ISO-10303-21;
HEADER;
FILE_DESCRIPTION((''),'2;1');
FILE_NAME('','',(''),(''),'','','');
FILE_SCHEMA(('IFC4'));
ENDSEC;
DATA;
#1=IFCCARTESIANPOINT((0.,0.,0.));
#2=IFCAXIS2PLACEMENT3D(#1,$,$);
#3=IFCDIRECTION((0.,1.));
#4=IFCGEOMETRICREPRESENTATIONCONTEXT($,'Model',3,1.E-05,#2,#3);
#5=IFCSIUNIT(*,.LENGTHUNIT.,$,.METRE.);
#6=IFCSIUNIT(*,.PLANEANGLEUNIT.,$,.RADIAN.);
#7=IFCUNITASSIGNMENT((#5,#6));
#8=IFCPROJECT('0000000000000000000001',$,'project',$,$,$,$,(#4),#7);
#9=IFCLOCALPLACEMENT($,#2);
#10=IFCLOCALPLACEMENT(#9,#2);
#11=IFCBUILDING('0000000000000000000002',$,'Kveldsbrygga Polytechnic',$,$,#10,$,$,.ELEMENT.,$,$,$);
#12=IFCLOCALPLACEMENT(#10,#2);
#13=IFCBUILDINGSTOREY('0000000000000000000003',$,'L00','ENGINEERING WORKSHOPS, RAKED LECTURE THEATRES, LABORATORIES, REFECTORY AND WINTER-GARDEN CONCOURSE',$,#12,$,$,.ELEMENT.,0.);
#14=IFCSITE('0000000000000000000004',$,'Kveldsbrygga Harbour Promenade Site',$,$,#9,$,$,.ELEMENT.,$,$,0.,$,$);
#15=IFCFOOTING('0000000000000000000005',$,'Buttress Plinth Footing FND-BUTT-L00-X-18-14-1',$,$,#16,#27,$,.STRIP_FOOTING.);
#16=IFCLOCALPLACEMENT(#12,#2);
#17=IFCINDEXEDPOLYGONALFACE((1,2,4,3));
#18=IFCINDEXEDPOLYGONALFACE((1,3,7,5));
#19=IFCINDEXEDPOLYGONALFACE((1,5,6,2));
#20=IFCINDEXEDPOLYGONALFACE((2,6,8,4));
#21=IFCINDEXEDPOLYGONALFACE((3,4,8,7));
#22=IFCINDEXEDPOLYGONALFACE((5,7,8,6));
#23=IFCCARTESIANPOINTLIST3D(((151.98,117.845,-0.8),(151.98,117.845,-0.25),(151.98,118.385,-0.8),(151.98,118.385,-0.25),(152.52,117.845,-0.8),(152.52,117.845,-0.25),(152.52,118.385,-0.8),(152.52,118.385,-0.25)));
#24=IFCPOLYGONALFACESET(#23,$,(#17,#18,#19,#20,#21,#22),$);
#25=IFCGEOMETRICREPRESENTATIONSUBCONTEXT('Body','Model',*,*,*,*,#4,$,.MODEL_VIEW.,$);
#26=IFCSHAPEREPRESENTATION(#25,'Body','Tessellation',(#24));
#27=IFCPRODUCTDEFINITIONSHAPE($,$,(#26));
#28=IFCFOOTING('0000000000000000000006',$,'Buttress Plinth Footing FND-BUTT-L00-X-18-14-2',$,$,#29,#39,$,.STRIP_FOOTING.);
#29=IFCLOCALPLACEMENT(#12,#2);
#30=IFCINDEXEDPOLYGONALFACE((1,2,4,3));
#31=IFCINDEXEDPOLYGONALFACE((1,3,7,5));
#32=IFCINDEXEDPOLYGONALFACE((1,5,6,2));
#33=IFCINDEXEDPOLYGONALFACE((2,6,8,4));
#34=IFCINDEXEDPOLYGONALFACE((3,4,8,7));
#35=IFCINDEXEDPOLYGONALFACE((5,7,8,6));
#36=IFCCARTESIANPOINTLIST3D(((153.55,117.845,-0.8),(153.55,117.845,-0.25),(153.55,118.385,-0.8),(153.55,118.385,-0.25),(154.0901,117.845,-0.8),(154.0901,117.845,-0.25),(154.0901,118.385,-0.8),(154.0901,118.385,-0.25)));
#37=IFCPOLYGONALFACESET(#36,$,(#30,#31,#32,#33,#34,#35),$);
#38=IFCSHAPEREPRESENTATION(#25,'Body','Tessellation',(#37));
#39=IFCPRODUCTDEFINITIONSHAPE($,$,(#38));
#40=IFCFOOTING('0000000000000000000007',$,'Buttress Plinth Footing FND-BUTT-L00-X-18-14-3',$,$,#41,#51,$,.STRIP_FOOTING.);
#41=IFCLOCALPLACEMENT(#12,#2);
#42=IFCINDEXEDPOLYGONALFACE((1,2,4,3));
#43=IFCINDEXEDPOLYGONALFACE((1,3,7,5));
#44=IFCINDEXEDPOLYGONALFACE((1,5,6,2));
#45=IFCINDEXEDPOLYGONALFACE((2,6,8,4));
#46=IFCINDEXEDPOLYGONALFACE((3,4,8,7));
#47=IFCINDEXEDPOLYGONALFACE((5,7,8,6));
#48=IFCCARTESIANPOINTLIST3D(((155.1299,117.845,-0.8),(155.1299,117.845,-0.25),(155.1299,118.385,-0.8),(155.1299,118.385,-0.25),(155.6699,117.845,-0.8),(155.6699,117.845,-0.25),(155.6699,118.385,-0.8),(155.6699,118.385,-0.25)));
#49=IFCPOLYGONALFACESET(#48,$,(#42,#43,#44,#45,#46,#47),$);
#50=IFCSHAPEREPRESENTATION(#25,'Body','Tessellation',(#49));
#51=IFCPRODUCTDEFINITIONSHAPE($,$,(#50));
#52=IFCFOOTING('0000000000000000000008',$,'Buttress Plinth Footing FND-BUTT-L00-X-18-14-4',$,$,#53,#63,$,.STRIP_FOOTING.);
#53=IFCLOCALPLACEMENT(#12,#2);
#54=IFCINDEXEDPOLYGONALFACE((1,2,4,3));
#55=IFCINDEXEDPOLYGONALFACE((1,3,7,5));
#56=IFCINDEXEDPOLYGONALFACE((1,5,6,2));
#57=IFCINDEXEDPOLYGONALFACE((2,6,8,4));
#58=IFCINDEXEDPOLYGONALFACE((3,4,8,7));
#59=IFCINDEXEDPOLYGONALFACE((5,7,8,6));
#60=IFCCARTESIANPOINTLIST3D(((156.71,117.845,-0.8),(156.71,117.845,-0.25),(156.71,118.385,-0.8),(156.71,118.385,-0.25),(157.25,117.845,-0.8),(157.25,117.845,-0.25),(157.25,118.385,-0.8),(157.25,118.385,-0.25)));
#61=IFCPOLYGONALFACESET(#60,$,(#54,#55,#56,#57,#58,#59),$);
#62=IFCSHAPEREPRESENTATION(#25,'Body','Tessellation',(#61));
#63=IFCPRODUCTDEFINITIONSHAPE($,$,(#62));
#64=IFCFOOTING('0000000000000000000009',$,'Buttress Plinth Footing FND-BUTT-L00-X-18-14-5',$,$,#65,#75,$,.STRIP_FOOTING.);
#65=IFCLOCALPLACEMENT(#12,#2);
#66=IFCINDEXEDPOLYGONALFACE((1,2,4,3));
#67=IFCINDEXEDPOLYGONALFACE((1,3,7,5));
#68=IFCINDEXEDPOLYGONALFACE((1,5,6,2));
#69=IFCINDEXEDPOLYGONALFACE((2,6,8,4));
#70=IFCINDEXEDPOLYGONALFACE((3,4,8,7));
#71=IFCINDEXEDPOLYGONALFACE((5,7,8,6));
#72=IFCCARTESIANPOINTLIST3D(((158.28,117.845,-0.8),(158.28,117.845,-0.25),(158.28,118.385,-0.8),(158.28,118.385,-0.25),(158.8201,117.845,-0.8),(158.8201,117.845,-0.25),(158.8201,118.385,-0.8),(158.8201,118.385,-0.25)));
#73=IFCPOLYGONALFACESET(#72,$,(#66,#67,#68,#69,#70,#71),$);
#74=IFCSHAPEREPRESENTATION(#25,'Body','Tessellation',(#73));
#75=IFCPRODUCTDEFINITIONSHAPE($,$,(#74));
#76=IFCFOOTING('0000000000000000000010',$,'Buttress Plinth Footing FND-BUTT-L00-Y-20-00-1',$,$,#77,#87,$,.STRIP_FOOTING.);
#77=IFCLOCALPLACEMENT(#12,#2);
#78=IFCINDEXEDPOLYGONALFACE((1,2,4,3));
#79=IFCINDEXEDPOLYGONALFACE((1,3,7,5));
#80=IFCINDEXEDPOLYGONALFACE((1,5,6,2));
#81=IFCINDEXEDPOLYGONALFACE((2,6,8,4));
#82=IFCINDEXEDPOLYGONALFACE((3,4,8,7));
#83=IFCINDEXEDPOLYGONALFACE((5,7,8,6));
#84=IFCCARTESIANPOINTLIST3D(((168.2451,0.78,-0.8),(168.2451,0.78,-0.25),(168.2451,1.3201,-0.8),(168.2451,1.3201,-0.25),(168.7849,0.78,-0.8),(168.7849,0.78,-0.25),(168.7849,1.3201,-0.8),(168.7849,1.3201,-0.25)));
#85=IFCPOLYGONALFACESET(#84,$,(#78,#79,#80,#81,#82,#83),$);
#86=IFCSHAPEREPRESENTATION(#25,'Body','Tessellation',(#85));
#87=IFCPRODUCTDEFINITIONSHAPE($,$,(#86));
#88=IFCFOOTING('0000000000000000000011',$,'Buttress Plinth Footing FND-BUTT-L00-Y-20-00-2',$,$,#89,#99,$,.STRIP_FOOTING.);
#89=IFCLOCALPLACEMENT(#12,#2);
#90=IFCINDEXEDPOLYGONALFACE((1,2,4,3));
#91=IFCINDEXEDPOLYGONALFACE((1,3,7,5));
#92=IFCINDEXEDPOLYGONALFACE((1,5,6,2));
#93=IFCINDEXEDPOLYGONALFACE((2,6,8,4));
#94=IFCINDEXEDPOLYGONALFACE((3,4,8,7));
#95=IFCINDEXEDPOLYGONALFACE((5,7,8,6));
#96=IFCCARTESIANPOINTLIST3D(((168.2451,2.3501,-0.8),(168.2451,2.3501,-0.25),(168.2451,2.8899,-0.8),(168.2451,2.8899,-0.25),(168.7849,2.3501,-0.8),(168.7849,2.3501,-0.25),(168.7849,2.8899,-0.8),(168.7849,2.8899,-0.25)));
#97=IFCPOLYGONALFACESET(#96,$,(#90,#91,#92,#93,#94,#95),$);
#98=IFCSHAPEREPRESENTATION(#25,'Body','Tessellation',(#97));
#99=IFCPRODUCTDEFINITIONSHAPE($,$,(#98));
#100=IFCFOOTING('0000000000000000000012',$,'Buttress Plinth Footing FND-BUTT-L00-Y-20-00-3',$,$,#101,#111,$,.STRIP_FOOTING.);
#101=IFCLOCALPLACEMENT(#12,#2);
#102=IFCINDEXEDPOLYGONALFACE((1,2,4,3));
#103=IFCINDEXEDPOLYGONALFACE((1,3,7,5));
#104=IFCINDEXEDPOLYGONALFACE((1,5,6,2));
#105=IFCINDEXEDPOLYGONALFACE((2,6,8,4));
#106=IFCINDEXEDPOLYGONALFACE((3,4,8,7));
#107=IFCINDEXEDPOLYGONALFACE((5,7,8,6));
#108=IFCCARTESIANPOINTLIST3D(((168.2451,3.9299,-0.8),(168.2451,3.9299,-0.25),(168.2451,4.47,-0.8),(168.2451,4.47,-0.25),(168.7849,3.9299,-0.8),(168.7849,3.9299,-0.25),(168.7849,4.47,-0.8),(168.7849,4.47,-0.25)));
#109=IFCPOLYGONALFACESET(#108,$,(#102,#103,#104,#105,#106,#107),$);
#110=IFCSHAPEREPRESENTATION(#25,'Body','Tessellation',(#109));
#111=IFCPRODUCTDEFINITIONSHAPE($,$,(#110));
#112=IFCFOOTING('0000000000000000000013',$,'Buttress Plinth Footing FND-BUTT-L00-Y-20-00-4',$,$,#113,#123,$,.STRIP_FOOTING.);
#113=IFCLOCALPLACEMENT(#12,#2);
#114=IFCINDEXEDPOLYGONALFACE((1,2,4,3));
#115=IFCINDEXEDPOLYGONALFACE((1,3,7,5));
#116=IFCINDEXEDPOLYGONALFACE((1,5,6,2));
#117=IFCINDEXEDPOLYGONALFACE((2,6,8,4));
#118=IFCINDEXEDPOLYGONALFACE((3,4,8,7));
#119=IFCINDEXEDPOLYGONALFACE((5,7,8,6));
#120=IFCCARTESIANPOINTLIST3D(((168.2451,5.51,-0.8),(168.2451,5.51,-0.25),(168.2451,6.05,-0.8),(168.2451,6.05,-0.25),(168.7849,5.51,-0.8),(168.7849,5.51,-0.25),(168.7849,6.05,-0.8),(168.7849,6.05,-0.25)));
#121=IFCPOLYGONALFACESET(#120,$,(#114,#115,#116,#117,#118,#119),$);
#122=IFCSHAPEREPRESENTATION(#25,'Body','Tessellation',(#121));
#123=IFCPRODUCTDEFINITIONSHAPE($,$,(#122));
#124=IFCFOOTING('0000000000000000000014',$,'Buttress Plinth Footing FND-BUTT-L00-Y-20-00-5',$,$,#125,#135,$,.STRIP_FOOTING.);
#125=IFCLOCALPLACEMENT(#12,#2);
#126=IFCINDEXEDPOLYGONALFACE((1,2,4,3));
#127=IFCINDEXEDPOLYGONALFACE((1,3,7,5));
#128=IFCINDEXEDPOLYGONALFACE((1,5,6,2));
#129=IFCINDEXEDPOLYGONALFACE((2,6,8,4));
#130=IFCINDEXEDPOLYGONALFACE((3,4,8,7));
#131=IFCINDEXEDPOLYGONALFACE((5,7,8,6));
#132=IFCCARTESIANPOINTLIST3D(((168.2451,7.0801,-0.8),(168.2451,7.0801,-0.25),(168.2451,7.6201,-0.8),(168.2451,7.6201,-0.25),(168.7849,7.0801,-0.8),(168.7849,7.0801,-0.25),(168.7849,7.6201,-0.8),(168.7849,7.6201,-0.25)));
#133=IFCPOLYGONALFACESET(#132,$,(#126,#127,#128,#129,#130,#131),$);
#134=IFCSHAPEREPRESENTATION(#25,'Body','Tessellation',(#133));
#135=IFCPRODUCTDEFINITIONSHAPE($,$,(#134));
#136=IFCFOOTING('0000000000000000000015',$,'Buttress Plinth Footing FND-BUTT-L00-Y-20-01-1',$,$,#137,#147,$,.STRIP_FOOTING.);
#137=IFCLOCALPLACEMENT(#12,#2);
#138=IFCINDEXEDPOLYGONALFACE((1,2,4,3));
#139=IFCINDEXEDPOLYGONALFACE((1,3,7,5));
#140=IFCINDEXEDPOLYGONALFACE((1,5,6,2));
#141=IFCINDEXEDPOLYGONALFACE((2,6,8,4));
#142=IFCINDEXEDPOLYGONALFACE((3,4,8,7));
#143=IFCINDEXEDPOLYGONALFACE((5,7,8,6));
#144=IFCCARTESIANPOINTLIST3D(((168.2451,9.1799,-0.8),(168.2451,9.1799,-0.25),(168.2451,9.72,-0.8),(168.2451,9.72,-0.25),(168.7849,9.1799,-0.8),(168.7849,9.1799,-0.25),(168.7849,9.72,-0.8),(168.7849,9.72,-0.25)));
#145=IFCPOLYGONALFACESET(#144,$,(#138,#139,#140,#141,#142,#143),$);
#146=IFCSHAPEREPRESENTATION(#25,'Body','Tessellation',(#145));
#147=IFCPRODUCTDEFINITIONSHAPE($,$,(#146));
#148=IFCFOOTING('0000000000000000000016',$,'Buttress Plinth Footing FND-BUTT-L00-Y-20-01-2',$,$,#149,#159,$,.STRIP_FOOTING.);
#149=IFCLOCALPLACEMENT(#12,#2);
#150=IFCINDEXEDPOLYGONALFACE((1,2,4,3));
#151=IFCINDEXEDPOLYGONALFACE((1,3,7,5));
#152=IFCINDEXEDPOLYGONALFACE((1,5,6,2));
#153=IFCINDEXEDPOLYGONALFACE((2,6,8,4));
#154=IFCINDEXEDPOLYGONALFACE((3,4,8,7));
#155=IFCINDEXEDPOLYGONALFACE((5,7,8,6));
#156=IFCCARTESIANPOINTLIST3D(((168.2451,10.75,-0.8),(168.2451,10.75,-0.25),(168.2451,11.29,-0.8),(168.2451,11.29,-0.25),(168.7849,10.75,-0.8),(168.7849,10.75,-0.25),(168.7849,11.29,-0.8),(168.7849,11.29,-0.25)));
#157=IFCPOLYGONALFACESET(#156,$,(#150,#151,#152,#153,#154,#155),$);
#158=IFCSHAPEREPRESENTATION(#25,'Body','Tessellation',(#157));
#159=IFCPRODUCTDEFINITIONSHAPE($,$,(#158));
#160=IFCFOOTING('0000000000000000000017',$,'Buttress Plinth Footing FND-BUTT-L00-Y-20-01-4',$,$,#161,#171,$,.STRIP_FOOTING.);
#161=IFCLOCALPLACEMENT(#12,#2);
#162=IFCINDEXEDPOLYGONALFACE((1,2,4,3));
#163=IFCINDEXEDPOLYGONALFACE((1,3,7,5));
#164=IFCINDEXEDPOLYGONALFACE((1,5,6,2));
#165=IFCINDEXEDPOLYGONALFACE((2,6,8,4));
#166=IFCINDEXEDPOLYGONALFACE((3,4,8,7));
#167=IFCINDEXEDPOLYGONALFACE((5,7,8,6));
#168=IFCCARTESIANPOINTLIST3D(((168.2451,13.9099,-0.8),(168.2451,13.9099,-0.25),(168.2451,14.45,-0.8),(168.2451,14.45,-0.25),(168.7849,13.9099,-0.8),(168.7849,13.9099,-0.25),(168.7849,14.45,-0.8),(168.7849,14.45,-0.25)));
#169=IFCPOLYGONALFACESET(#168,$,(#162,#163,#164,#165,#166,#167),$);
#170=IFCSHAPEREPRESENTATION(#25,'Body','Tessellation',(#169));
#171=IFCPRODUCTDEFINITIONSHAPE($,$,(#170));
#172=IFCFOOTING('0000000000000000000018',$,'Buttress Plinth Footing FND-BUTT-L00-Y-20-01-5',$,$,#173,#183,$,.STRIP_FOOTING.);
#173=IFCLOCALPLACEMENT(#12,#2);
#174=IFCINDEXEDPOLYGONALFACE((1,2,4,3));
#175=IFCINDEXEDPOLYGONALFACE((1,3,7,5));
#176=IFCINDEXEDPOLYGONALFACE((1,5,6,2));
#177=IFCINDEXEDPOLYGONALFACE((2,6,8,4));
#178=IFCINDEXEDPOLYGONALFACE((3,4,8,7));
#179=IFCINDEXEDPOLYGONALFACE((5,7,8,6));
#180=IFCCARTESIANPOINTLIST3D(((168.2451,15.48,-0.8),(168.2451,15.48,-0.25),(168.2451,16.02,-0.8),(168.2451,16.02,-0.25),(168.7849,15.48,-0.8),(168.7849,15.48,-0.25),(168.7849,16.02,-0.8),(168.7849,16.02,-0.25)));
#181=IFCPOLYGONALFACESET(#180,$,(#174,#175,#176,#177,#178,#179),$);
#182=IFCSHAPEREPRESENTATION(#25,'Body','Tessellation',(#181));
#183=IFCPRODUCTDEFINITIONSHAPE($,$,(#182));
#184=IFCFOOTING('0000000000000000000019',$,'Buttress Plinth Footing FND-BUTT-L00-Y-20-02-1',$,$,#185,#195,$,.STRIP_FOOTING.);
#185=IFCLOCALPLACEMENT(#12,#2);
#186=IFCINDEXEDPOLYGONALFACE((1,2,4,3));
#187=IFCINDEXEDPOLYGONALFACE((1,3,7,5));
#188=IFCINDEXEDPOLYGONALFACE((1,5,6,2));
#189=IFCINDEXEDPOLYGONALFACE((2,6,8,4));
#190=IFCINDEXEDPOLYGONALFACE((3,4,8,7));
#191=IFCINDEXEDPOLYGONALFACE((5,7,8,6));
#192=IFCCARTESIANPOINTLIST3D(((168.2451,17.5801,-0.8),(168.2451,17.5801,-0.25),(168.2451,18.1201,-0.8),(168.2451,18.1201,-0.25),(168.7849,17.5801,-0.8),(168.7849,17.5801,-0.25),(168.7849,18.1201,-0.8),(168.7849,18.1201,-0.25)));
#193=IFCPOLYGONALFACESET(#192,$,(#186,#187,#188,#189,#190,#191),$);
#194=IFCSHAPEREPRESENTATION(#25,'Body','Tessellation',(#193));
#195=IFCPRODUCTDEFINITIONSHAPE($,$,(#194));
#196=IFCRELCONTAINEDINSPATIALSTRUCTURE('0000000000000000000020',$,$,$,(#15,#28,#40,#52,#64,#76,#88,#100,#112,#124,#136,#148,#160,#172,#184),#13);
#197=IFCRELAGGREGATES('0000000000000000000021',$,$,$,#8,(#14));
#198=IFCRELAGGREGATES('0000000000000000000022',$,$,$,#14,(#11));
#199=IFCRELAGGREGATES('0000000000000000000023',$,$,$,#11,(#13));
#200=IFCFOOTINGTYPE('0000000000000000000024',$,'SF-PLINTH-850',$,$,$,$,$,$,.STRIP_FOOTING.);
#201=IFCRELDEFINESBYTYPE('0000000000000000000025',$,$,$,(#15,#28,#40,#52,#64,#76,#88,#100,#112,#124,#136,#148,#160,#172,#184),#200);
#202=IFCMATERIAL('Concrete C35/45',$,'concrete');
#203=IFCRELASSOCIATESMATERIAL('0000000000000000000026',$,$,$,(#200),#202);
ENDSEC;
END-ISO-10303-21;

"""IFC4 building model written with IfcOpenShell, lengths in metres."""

from ifc_helpers import new_model, si_unit, direction, frame, origin, place, context, subcontext, project, spatial, polyline, outline, extrude, material, type_object, element, save


model = new_model("IFC4")

# Units and contexts
model_context = context("Model", 3, precision=1e-05, world=origin(), true_north=direction((0.0, 1.0)))
body_context = subcontext(model_context, "Body", "Model", "MODEL_VIEW")
ifc_project = project(units=[si_unit("LENGTHUNIT", "METRE"), si_unit("PLANEANGLEUNIT", "RADIAN")], contexts=[model_context])

# Site, building, storey
site_placement = place(None, origin())
site = spatial("IfcSite", under=ifc_project, at=site_placement, Name="Kveldsbrygga Harbour Promenade Site", CompositionType="ELEMENT", RefElevation=0.0)
building_placement = place(site_placement, origin())
building = spatial("IfcBuilding", under=site, at=building_placement, Name="Kveldsbrygga Polytechnic", CompositionType="ELEMENT")
storey_placement = place(building_placement, origin())
storey = spatial("IfcBuildingStorey", under=building, at=storey_placement, Name="L00", Description="ENGINEERING WORKSHOPS, RAKED LECTURE THEATRES, LABORATORIES, REFECTORY AND WINTER-GARDEN CONCOURSE", CompositionType="ELEMENT", Elevation=0.0)

# Footings
ifc_material = material(Name="Concrete C35/45", Category="concrete")
footing_type = type_object("IfcFootingType", Name="SF-PLINTH-850", PredefinedType="STRIP_FOOTING", material=ifc_material)
footing_1_placement = place(storey_placement, frame((0.0, 0.0, -0.8)))
element("IfcFooting", 1, at=footing_1_placement, inside=storey, type_object=footing_type, Name="Buttress Plinth Footing FND-BUTT-L00-X-18-14-1", PredefinedType="STRIP_FOOTING", context=body_context, shape_type="SweptSolid", body=[
    extrude(outline(polyline([(151.98, 117.845), (152.52, 117.845), (152.52, 118.385), (151.98, 118.385), (151.98, 117.845)])), origin(), (0.0, 0.0, 1.0), 0.55),
])
footing_2_placement = place(storey_placement, frame((0.0, 0.0, -0.8)))
element("IfcFooting", 2, at=footing_2_placement, inside=storey, type_object=footing_type, Name="Buttress Plinth Footing FND-BUTT-L00-X-18-14-2", PredefinedType="STRIP_FOOTING", context=body_context, shape_type="SweptSolid", body=[
    extrude(outline(polyline([(153.55, 117.845), (154.0901, 117.845), (154.0901, 118.385), (153.55, 118.385), (153.55, 117.845)])), origin(), (0.0, 0.0, 1.0), 0.55),
])
footing_3_placement = place(storey_placement, frame((0.0, 0.0, -0.8)))
element("IfcFooting", 3, at=footing_3_placement, inside=storey, type_object=footing_type, Name="Buttress Plinth Footing FND-BUTT-L00-X-18-14-3", PredefinedType="STRIP_FOOTING", context=body_context, shape_type="SweptSolid", body=[
    extrude(outline(polyline([(155.1299, 117.845), (155.6699, 117.845), (155.6699, 118.385), (155.1299, 118.385), (155.1299, 117.845)])), origin(), (0.0, 0.0, 1.0), 0.55),
])
footing_4_placement = place(storey_placement, frame((0.0, 0.0, -0.8)))
element("IfcFooting", 4, at=footing_4_placement, inside=storey, type_object=footing_type, Name="Buttress Plinth Footing FND-BUTT-L00-X-18-14-4", PredefinedType="STRIP_FOOTING", context=body_context, shape_type="SweptSolid", body=[
    extrude(outline(polyline([(156.71, 117.845), (157.25, 117.845), (157.25, 118.385), (156.71, 118.385), (156.71, 117.845)])), origin(), (0.0, 0.0, 1.0), 0.55),
])
footing_5_placement = place(storey_placement, frame((0.0, 0.0, -0.8)))
element("IfcFooting", 5, at=footing_5_placement, inside=storey, type_object=footing_type, Name="Buttress Plinth Footing FND-BUTT-L00-X-18-14-5", PredefinedType="STRIP_FOOTING", context=body_context, shape_type="SweptSolid", body=[
    extrude(outline(polyline([(158.28, 117.845), (158.8201, 117.845), (158.8201, 118.385), (158.28, 118.385), (158.28, 117.845)])), origin(), (0.0, 0.0, 1.0), 0.55),
])
footing_6_placement = place(storey_placement, frame((0.0, 0.0, -0.8)))
element("IfcFooting", 6, at=footing_6_placement, inside=storey, type_object=footing_type, Name="Buttress Plinth Footing FND-BUTT-L00-Y-20-00-1", PredefinedType="STRIP_FOOTING", context=body_context, shape_type="SweptSolid", body=[
    extrude(outline(polyline([(168.2451, 0.78), (168.7849, 0.78), (168.7849, 1.3201), (168.2451, 1.3201), (168.2451, 0.78)])), origin(), (0.0, 0.0, 1.0), 0.55),
])
footing_7_placement = place(storey_placement, frame((0.0, 0.0, -0.8)))
element("IfcFooting", 7, at=footing_7_placement, inside=storey, type_object=footing_type, Name="Buttress Plinth Footing FND-BUTT-L00-Y-20-00-2", PredefinedType="STRIP_FOOTING", context=body_context, shape_type="SweptSolid", body=[
    extrude(outline(polyline([(168.2451, 2.3501), (168.7849, 2.3501), (168.7849, 2.8899), (168.2451, 2.8899), (168.2451, 2.3501)])), origin(), (0.0, 0.0, 1.0), 0.55),
])
footing_8_placement = place(storey_placement, frame((0.0, 0.0, -0.8)))
element("IfcFooting", 8, at=footing_8_placement, inside=storey, type_object=footing_type, Name="Buttress Plinth Footing FND-BUTT-L00-Y-20-00-3", PredefinedType="STRIP_FOOTING", context=body_context, shape_type="SweptSolid", body=[
    extrude(outline(polyline([(168.2451, 3.9299), (168.7849, 3.9299), (168.7849, 4.47), (168.2451, 4.47), (168.2451, 3.9299)])), origin(), (0.0, 0.0, 1.0), 0.55),
])
footing_9_placement = place(storey_placement, frame((0.0, 0.0, -0.8)))
element("IfcFooting", 9, at=footing_9_placement, inside=storey, type_object=footing_type, Name="Buttress Plinth Footing FND-BUTT-L00-Y-20-00-4", PredefinedType="STRIP_FOOTING", context=body_context, shape_type="SweptSolid", body=[
    extrude(outline(polyline([(168.2451, 5.51), (168.7849, 5.51), (168.7849, 6.05), (168.2451, 6.05), (168.2451, 5.51)])), origin(), (0.0, 0.0, 1.0), 0.55),
])
footing_10_placement = place(storey_placement, frame((0.0, 0.0, -0.8)))
element("IfcFooting", 10, at=footing_10_placement, inside=storey, type_object=footing_type, Name="Buttress Plinth Footing FND-BUTT-L00-Y-20-00-5", PredefinedType="STRIP_FOOTING", context=body_context, shape_type="SweptSolid", body=[
    extrude(outline(polyline([(168.2451, 7.0801), (168.7849, 7.0801), (168.7849, 7.6201), (168.2451, 7.6201), (168.2451, 7.0801)])), origin(), (0.0, 0.0, 1.0), 0.55),
])
footing_11_placement = place(storey_placement, frame((0.0, 0.0, -0.8)))
element("IfcFooting", 11, at=footing_11_placement, inside=storey, type_object=footing_type, Name="Buttress Plinth Footing FND-BUTT-L00-Y-20-01-1", PredefinedType="STRIP_FOOTING", context=body_context, shape_type="SweptSolid", body=[
    extrude(outline(polyline([(168.2451, 9.1799), (168.7849, 9.1799), (168.7849, 9.72), (168.2451, 9.72), (168.2451, 9.1799)])), origin(), (0.0, 0.0, 1.0), 0.55),
])
footing_12_placement = place(storey_placement, frame((0.0, 0.0, -0.8)))
element("IfcFooting", 12, at=footing_12_placement, inside=storey, type_object=footing_type, Name="Buttress Plinth Footing FND-BUTT-L00-Y-20-01-2", PredefinedType="STRIP_FOOTING", context=body_context, shape_type="SweptSolid", body=[
    extrude(outline(polyline([(168.2451, 10.75), (168.7849, 10.75), (168.7849, 11.29), (168.2451, 11.29), (168.2451, 10.75)])), origin(), (0.0, 0.0, 1.0), 0.55),
])
footing_13_placement = place(storey_placement, frame((0.0, 0.0, -0.8)))
element("IfcFooting", 13, at=footing_13_placement, inside=storey, type_object=footing_type, Name="Buttress Plinth Footing FND-BUTT-L00-Y-20-01-4", PredefinedType="STRIP_FOOTING", context=body_context, shape_type="SweptSolid", body=[
    extrude(outline(polyline([(168.2451, 13.9099), (168.7849, 13.9099), (168.7849, 14.45), (168.2451, 14.45), (168.2451, 13.9099)])), origin(), (0.0, 0.0, 1.0), 0.55),
])
footing_14_placement = place(storey_placement, frame((0.0, 0.0, -0.8)))
element("IfcFooting", 14, at=footing_14_placement, inside=storey, type_object=footing_type, Name="Buttress Plinth Footing FND-BUTT-L00-Y-20-01-5", PredefinedType="STRIP_FOOTING", context=body_context, shape_type="SweptSolid", body=[
    extrude(outline(polyline([(168.2451, 15.48), (168.7849, 15.48), (168.7849, 16.02), (168.2451, 16.02), (168.2451, 15.48)])), origin(), (0.0, 0.0, 1.0), 0.55),
])
footing_15_placement = place(storey_placement, frame((0.0, 0.0, -0.8)))
element("IfcFooting", 15, at=footing_15_placement, inside=storey, type_object=footing_type, Name="Buttress Plinth Footing FND-BUTT-L00-Y-20-02-1", PredefinedType="STRIP_FOOTING", context=body_context, shape_type="SweptSolid", body=[
    extrude(outline(polyline([(168.2451, 17.5801), (168.7849, 17.5801), (168.7849, 18.1201), (168.2451, 18.1201), (168.2451, 17.5801)])), origin(), (0.0, 0.0, 1.0), 0.55),
])

save(model, "model.ifc")
